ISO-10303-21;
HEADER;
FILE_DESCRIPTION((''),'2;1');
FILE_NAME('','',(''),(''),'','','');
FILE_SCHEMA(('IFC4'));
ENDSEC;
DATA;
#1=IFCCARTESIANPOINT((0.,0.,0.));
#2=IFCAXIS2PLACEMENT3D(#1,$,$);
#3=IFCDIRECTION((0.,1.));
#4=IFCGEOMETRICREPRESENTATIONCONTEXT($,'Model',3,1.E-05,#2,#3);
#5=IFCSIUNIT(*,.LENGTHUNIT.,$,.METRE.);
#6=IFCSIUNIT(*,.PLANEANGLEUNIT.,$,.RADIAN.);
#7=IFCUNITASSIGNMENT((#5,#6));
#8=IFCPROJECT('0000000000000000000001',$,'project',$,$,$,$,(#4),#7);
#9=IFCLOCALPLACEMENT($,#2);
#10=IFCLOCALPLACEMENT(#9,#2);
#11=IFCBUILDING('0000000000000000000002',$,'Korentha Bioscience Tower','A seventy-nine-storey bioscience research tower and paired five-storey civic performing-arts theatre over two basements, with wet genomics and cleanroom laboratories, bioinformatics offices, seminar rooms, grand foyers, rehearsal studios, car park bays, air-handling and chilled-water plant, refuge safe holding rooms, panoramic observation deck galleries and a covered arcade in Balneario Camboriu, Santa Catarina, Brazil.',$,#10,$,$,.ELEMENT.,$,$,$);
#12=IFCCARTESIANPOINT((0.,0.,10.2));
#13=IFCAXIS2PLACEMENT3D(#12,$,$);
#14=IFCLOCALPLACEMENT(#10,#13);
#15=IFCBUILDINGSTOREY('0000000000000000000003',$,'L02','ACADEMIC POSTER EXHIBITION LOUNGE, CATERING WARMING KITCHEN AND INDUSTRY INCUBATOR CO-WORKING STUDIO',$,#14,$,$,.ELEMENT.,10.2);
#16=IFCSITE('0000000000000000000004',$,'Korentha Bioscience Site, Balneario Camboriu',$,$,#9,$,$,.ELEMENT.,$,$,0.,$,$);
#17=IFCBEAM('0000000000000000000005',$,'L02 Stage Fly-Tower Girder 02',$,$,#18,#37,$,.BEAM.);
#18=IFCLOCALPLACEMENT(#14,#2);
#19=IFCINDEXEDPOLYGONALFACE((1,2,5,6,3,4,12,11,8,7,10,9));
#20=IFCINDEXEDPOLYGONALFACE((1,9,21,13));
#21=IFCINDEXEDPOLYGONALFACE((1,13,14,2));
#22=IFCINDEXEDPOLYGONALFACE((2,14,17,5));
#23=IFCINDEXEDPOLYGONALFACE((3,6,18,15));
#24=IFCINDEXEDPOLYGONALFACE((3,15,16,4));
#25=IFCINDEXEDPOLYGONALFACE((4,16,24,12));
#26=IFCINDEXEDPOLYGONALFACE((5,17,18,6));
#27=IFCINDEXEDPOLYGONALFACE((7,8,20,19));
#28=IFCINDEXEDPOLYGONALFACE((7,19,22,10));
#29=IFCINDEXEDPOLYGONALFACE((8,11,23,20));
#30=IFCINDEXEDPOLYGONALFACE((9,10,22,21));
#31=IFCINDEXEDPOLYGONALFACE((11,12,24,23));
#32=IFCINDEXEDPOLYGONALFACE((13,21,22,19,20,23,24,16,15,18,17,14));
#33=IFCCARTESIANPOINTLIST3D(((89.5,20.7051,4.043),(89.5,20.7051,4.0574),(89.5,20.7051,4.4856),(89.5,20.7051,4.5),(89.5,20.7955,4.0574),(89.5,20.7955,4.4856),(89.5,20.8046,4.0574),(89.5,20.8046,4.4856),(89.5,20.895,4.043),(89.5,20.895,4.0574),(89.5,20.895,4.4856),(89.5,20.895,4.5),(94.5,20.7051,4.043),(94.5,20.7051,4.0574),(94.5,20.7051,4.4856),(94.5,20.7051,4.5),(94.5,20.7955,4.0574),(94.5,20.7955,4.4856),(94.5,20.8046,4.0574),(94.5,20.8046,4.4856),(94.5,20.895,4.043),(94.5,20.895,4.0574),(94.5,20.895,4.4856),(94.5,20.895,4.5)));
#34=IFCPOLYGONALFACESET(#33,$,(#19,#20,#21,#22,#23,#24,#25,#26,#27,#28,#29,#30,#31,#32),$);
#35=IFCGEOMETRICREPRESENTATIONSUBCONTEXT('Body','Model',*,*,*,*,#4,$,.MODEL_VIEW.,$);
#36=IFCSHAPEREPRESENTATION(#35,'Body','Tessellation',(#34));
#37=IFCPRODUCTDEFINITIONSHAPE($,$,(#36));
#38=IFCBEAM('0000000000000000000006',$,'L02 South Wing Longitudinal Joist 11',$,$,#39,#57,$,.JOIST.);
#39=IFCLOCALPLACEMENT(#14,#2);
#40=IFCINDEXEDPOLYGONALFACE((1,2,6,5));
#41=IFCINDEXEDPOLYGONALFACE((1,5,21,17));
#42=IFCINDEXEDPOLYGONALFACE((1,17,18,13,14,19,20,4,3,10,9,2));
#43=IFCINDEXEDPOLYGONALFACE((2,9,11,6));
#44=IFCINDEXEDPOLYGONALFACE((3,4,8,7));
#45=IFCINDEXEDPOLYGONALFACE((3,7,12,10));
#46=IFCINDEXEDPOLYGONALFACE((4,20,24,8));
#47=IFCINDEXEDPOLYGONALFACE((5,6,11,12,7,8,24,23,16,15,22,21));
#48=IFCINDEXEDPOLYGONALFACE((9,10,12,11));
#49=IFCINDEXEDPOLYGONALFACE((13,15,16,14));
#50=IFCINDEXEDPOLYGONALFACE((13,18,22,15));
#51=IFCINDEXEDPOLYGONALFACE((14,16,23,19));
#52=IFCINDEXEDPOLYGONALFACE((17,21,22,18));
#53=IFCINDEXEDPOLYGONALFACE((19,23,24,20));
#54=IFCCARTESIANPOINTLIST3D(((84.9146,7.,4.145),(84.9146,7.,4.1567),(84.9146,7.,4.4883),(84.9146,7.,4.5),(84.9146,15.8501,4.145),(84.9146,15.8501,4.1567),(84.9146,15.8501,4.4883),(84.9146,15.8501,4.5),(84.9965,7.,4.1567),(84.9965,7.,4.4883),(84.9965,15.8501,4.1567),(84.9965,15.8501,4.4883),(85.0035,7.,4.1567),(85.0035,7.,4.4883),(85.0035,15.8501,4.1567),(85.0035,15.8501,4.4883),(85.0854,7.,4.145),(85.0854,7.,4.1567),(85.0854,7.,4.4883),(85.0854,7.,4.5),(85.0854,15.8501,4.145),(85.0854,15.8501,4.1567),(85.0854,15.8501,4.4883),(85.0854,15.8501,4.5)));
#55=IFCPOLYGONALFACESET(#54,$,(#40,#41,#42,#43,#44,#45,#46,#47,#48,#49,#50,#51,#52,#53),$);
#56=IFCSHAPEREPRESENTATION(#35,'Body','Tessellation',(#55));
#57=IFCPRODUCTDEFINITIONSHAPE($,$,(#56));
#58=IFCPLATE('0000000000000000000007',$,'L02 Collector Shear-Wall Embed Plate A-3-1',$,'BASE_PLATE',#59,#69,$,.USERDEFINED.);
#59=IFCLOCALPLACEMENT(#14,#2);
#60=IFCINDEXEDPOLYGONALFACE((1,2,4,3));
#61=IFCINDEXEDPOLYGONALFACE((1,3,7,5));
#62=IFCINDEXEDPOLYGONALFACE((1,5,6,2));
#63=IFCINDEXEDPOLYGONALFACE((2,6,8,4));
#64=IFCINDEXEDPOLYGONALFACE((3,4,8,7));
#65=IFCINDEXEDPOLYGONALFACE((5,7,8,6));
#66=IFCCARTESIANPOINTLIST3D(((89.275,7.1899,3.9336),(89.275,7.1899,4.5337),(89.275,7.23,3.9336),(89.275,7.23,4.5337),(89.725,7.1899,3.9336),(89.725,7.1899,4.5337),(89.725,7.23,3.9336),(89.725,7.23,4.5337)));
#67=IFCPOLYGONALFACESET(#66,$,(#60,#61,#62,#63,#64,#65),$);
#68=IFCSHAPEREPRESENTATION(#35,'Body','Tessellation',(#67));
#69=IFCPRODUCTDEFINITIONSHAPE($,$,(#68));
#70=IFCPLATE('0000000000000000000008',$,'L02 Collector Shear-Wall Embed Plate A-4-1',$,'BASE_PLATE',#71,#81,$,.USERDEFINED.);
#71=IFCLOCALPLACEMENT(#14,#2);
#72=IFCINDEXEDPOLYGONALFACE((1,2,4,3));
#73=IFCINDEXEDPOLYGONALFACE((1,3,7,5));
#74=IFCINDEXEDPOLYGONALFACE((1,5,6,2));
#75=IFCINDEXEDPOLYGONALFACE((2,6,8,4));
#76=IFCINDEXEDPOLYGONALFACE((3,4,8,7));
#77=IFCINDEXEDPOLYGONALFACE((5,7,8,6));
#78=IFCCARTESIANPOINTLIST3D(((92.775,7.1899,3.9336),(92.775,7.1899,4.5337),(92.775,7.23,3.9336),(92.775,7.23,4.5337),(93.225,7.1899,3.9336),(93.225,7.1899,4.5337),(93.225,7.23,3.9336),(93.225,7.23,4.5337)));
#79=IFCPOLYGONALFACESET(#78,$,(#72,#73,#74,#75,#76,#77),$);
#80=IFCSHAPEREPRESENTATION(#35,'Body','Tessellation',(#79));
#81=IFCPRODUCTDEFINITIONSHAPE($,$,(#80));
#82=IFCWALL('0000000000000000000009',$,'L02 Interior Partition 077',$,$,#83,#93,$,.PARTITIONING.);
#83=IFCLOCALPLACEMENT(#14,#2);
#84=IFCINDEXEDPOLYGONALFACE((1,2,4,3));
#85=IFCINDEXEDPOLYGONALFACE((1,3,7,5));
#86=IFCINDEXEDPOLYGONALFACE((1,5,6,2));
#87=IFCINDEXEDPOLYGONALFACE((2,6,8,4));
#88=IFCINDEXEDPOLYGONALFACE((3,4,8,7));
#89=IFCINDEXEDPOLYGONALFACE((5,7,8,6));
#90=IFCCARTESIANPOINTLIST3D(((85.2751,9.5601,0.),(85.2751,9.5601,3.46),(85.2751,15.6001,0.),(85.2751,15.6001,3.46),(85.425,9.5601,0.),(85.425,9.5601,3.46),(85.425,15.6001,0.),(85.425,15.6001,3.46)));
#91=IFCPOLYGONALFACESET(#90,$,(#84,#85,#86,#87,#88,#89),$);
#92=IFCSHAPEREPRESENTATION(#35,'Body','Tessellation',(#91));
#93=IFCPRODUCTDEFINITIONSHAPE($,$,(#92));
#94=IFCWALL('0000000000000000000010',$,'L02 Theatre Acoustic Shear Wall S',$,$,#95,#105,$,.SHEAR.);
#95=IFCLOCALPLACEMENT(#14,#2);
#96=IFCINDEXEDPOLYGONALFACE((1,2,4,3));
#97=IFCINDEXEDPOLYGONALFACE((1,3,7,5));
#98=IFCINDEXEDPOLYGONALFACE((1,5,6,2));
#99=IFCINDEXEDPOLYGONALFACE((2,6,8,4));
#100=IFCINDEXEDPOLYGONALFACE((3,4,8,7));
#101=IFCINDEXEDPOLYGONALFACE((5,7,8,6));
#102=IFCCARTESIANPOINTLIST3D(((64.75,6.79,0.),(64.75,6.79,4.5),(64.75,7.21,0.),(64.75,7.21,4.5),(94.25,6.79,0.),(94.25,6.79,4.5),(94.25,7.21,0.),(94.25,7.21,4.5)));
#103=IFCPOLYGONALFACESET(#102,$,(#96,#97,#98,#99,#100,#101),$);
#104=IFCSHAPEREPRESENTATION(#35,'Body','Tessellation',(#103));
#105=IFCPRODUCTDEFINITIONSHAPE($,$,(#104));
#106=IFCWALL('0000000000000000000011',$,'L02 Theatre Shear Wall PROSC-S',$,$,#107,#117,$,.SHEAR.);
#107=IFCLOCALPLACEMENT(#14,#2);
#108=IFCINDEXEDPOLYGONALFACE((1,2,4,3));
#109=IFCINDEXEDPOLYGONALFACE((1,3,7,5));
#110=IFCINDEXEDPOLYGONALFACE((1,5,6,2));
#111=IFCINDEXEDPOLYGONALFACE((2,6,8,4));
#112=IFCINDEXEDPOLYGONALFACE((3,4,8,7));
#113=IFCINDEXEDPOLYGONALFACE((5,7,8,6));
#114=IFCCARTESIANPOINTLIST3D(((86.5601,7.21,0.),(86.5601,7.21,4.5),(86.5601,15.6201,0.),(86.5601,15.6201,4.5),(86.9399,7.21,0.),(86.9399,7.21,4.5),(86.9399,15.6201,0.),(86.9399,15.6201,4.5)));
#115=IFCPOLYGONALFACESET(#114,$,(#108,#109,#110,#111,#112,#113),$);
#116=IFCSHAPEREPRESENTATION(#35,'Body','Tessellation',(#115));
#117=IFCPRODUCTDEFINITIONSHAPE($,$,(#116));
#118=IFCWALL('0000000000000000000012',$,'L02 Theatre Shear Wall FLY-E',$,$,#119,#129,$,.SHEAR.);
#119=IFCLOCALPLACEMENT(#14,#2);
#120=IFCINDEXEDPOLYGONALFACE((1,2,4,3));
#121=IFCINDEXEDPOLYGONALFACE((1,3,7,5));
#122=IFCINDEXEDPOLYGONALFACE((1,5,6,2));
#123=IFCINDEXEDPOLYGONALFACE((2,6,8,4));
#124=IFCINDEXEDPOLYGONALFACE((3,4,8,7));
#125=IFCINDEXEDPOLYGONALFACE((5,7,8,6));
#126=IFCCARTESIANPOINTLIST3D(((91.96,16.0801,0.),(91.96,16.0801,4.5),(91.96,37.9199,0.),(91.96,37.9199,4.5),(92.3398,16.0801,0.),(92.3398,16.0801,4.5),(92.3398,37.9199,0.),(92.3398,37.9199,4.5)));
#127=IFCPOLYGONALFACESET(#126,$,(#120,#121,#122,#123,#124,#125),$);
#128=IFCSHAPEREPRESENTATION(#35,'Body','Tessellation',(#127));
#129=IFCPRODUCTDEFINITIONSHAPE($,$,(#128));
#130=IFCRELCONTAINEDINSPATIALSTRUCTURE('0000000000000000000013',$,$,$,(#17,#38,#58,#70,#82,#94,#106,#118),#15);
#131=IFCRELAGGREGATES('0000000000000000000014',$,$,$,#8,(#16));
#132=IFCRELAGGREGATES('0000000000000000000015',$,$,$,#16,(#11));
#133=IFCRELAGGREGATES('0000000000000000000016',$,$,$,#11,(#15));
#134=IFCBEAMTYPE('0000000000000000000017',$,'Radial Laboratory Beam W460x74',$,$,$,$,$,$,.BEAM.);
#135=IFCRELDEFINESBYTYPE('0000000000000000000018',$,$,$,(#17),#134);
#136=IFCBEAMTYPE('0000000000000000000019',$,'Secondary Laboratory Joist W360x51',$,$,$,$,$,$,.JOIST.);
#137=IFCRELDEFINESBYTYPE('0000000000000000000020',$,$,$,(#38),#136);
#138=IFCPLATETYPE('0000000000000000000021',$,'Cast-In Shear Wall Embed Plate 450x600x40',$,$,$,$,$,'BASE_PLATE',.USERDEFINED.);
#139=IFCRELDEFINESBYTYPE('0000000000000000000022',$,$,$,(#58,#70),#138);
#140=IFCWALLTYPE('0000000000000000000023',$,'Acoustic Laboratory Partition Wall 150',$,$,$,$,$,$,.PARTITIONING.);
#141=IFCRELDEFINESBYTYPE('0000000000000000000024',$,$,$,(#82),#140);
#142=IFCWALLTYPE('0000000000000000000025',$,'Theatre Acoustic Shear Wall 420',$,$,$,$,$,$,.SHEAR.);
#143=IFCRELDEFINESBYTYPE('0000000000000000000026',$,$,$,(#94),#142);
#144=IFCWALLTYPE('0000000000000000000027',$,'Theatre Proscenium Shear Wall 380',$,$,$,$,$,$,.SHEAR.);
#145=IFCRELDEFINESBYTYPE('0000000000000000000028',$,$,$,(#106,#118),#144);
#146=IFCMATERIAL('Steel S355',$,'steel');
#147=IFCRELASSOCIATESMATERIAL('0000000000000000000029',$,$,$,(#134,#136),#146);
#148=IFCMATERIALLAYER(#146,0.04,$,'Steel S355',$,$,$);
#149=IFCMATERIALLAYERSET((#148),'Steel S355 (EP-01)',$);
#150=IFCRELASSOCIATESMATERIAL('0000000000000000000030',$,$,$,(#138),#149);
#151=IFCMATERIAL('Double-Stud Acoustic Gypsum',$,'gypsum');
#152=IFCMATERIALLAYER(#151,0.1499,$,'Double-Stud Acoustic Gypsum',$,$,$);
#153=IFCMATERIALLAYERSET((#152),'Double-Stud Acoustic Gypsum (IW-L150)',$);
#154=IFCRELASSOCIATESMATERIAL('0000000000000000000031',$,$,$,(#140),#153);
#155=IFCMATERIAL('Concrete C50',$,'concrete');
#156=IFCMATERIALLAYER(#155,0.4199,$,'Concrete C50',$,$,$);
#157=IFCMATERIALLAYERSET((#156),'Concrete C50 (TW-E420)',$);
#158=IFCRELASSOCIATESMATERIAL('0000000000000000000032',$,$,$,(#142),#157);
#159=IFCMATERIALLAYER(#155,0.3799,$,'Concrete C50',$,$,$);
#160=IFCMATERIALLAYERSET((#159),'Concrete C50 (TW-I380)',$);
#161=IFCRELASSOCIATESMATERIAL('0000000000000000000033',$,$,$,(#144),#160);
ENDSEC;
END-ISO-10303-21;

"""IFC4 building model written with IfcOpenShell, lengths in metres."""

from ifc_helpers import new_model, si_unit, direction, frame, frame_2d, origin, origin_2d, place, context, subcontext, project, spatial, rectangle, i_section, extrude, material, layer, layer_set, material_profile, profile_set, type_object, element, save


model = new_model("IFC4")

# Units and contexts
model_context = context("Model", 3, precision=1e-05, world=origin(), true_north=direction((0.0, 1.0)))
body_context = subcontext(model_context, "Body", "Model", "MODEL_VIEW")
ifc_project = project(units=[si_unit("LENGTHUNIT", "METRE"), si_unit("PLANEANGLEUNIT", "RADIAN")], contexts=[model_context])

# Site, building, storey
site_placement = place(None, origin())
site = spatial("IfcSite", under=ifc_project, at=site_placement, Name="Korentha Bioscience Site, Balneario Camboriu", CompositionType="ELEMENT", RefElevation=0.0)
building_placement = place(site_placement, origin())
building = spatial("IfcBuilding", under=site, at=building_placement, Name="Korentha Bioscience Tower", Description="A seventy-nine-storey bioscience research tower and paired five-storey civic performing-arts theatre over two basements, with wet genomics and cleanroom laboratories, bioinformatics offices, seminar rooms, grand foyers, rehearsal studios, car park bays, air-handling and chilled-water plant, refuge safe holding rooms, panoramic observation deck galleries and a covered arcade in Balneario Camboriu, Santa Catarina, Brazil.", CompositionType="ELEMENT")
storey_placement = place(building_placement, frame((0.0, 0.0, 10.2)))
storey = spatial("IfcBuildingStorey", under=building, at=storey_placement, Name="L02", Description="ACADEMIC POSTER EXHIBITION LOUNGE, CATERING WARMING KITCHEN AND INDUSTRY INCUBATOR CO-WORKING STUDIO", CompositionType="ELEMENT", Elevation=10.2)

# Shared definitions
ifc_material_1 = material(Name="Steel S355", Category="steel")
ifc_material_2 = material(Name="Concrete C50", Category="concrete")

# Beams
ifc_material_profile_1 = material_profile(ifc_material_1, i_section(OverallWidth=0.1899, OverallDepth=0.457, WebThickness=0.009, FlangeThickness=0.0144, at=origin_2d()), Name="Steel S355")
ifc_profile_set_1 = profile_set([ifc_material_profile_1], Name="Steel S355 (RB-460)")
beam_type_1 = type_object("IfcBeamType", Name="Radial Laboratory Beam W460x74", PredefinedType="BEAM", material=ifc_profile_set_1)
for number, where, z_axis, x_axis, name in (
    (1, (89.5, 20.8, 4.2715), (1.0, 0.0, 0.0), (0.0, 1.0, 0.0), "L02 Stage Fly-Tower Girder 02"),
):
    element("IfcBeam", number, at=place(storey_placement, frame(where, z_axis=z_axis, x_axis=x_axis)), inside=storey, type_object=beam_type_1, Name=name, PredefinedType="BEAM", context=body_context, shape_type="SweptSolid", body=[
        extrude(i_section(OverallWidth=0.1899, OverallDepth=0.457, WebThickness=0.009, FlangeThickness=0.0144, at=origin_2d()), origin(), (0.0, 0.0, 1.0), 5.0),
    ])
ifc_material_profile_2 = material_profile(ifc_material_1, i_section(OverallWidth=0.1709, OverallDepth=0.355, WebThickness=0.0071, FlangeThickness=0.0117, at=origin_2d()), Name="Steel S355")
ifc_profile_set_2 = profile_set([ifc_material_profile_2], Name="Steel S355 (JB-360)")
beam_type_2 = type_object("IfcBeamType", Name="Secondary Laboratory Joist W360x51", PredefinedType="JOIST", material=ifc_profile_set_2)
beam_1_placement = place(storey_placement, frame((85.0, 7.0, 4.3225), z_axis=(0.0, 1.0, 0.0), x_axis=(-1.0, 0.0, 0.0)))
element("IfcBeam", 2, at=beam_1_placement, inside=storey, type_object=beam_type_2, Name="L02 South Wing Longitudinal Joist 11", PredefinedType="JOIST", context=body_context, shape_type="SweptSolid", body=[
    extrude(i_section(OverallWidth=0.1709, OverallDepth=0.355, WebThickness=0.0071, FlangeThickness=0.0117, at=origin_2d()), origin(), (0.0, 0.0, 1.0), 8.8501),
])

# Plates
ifc_layer_1 = layer(ifc_material_1, 0.04, Name="Steel S355")
ifc_layer_set_1 = layer_set([ifc_layer_1], Name="Steel S355 (EP-01)")
plate_type = type_object("IfcPlateType", Name="Cast-In Shear Wall Embed Plate 450x600x40", ElementType="BASE_PLATE", PredefinedType="USERDEFINED", material=ifc_layer_set_1)
for number, where, z_axis, x_axis, name in (
    (3, (89.5, 7.21, 3.9336), (0.0, 0.0, 1.0), (1.0, 0.0, 0.0), "L02 Collector Shear-Wall Embed Plate A-3-1"),
    (4, (93.0, 7.21, 3.9336), (0.0, 0.0, 1.0), (1.0, 0.0, 0.0), "L02 Collector Shear-Wall Embed Plate A-4-1"),
):
    element("IfcPlate", number, at=place(storey_placement, frame(where, z_axis=z_axis, x_axis=x_axis)), inside=storey, type_object=plate_type, Name=name, ObjectType="BASE_PLATE", PredefinedType="USERDEFINED", context=body_context, shape_type="SweptSolid", body=[
        extrude(rectangle(XDim=0.45, YDim=0.04, at=origin_2d()), origin(), (0.0, 0.0, 1.0), 0.6001),
    ])

# Shared definitions
ifc_material_3 = material(Name="Double-Stud Acoustic Gypsum", Category="gypsum")
ifc_layer_2 = layer(ifc_material_3, 0.1499, Name="Double-Stud Acoustic Gypsum")
ifc_layer_set_2 = layer_set([ifc_layer_2], Name="Double-Stud Acoustic Gypsum (IW-L150)")
wall_type_1 = type_object("IfcWallType", Name="Acoustic Laboratory Partition Wall 150", PredefinedType="PARTITIONING", material=ifc_layer_set_2)

# Walls
wall_1_placement = place(storey_placement, frame((85.3501, 15.6001, 0.0), z_axis=(0.0, 0.0, 1.0), x_axis=(0.0, -1.0, 0.0)))
element("IfcWall", 5, at=wall_1_placement, inside=storey, type_object=wall_type_1, Name="L02 Interior Partition 077", PredefinedType="PARTITIONING", context=body_context, shape_type="SweptSolid", body=[
    extrude(rectangle(XDim=6.04, YDim=0.1499, at=frame_2d((3.02, 0.0))), origin(), (0.0, 0.0, 1.0), 3.46),
])
ifc_layer_3 = layer(ifc_material_2, 0.4199, Name="Concrete C50")
ifc_layer_set_3 = layer_set([ifc_layer_3], Name="Concrete C50 (TW-E420)")
wall_type_2 = type_object("IfcWallType", Name="Theatre Acoustic Shear Wall 420", PredefinedType="SHEAR", material=ifc_layer_set_3)
wall_2_placement = place(storey_placement, frame((94.25, 7.0, 0.0), z_axis=(0.0, 0.0, 1.0), x_axis=(-1.0, 0.0, 0.0)))
element("IfcWall", 6, at=wall_2_placement, inside=storey, type_object=wall_type_2, Name="L02 Theatre Acoustic Shear Wall S", PredefinedType="SHEAR", context=body_context, shape_type="SweptSolid", body=[
    extrude(rectangle(XDim=29.5, YDim=0.4199, at=frame_2d((14.75, 0.0))), origin(), (0.0, 0.0, 1.0), 4.5),
])
ifc_layer_4 = layer(ifc_material_2, 0.3799, Name="Concrete C50")
ifc_layer_set_4 = layer_set([ifc_layer_4], Name="Concrete C50 (TW-I380)")
wall_type_3 = type_object("IfcWallType", Name="Theatre Proscenium Shear Wall 380", PredefinedType="SHEAR", material=ifc_layer_set_4)
wall_3_placement = place(storey_placement, frame((86.75, 7.21, 0.0), z_axis=(0.0, 0.0, 1.0), x_axis=(0.0, 1.0, 0.0)))
element("IfcWall", 7, at=wall_3_placement, inside=storey, type_object=wall_type_3, Name="L02 Theatre Shear Wall PROSC-S", PredefinedType="SHEAR", context=body_context, shape_type="SweptSolid", body=[
    extrude(rectangle(XDim=8.4102, YDim=0.3799, at=frame_2d((4.2051, 0.0))), origin(), (0.0, 0.0, 1.0), 4.5),
])
wall_4_placement = place(storey_placement, frame((92.1499, 16.0801, 0.0), z_axis=(0.0, 0.0, 1.0), x_axis=(0.0, 1.0, 0.0)))
element("IfcWall", 8, at=wall_4_placement, inside=storey, type_object=wall_type_3, Name="L02 Theatre Shear Wall FLY-E", PredefinedType="SHEAR", context=body_context, shape_type="SweptSolid", body=[
    extrude(rectangle(XDim=21.8398, YDim=0.3799, at=frame_2d((10.9199, 0.0))), origin(), (0.0, 0.0, 1.0), 4.5),
])

save(model, "model.ifc")
